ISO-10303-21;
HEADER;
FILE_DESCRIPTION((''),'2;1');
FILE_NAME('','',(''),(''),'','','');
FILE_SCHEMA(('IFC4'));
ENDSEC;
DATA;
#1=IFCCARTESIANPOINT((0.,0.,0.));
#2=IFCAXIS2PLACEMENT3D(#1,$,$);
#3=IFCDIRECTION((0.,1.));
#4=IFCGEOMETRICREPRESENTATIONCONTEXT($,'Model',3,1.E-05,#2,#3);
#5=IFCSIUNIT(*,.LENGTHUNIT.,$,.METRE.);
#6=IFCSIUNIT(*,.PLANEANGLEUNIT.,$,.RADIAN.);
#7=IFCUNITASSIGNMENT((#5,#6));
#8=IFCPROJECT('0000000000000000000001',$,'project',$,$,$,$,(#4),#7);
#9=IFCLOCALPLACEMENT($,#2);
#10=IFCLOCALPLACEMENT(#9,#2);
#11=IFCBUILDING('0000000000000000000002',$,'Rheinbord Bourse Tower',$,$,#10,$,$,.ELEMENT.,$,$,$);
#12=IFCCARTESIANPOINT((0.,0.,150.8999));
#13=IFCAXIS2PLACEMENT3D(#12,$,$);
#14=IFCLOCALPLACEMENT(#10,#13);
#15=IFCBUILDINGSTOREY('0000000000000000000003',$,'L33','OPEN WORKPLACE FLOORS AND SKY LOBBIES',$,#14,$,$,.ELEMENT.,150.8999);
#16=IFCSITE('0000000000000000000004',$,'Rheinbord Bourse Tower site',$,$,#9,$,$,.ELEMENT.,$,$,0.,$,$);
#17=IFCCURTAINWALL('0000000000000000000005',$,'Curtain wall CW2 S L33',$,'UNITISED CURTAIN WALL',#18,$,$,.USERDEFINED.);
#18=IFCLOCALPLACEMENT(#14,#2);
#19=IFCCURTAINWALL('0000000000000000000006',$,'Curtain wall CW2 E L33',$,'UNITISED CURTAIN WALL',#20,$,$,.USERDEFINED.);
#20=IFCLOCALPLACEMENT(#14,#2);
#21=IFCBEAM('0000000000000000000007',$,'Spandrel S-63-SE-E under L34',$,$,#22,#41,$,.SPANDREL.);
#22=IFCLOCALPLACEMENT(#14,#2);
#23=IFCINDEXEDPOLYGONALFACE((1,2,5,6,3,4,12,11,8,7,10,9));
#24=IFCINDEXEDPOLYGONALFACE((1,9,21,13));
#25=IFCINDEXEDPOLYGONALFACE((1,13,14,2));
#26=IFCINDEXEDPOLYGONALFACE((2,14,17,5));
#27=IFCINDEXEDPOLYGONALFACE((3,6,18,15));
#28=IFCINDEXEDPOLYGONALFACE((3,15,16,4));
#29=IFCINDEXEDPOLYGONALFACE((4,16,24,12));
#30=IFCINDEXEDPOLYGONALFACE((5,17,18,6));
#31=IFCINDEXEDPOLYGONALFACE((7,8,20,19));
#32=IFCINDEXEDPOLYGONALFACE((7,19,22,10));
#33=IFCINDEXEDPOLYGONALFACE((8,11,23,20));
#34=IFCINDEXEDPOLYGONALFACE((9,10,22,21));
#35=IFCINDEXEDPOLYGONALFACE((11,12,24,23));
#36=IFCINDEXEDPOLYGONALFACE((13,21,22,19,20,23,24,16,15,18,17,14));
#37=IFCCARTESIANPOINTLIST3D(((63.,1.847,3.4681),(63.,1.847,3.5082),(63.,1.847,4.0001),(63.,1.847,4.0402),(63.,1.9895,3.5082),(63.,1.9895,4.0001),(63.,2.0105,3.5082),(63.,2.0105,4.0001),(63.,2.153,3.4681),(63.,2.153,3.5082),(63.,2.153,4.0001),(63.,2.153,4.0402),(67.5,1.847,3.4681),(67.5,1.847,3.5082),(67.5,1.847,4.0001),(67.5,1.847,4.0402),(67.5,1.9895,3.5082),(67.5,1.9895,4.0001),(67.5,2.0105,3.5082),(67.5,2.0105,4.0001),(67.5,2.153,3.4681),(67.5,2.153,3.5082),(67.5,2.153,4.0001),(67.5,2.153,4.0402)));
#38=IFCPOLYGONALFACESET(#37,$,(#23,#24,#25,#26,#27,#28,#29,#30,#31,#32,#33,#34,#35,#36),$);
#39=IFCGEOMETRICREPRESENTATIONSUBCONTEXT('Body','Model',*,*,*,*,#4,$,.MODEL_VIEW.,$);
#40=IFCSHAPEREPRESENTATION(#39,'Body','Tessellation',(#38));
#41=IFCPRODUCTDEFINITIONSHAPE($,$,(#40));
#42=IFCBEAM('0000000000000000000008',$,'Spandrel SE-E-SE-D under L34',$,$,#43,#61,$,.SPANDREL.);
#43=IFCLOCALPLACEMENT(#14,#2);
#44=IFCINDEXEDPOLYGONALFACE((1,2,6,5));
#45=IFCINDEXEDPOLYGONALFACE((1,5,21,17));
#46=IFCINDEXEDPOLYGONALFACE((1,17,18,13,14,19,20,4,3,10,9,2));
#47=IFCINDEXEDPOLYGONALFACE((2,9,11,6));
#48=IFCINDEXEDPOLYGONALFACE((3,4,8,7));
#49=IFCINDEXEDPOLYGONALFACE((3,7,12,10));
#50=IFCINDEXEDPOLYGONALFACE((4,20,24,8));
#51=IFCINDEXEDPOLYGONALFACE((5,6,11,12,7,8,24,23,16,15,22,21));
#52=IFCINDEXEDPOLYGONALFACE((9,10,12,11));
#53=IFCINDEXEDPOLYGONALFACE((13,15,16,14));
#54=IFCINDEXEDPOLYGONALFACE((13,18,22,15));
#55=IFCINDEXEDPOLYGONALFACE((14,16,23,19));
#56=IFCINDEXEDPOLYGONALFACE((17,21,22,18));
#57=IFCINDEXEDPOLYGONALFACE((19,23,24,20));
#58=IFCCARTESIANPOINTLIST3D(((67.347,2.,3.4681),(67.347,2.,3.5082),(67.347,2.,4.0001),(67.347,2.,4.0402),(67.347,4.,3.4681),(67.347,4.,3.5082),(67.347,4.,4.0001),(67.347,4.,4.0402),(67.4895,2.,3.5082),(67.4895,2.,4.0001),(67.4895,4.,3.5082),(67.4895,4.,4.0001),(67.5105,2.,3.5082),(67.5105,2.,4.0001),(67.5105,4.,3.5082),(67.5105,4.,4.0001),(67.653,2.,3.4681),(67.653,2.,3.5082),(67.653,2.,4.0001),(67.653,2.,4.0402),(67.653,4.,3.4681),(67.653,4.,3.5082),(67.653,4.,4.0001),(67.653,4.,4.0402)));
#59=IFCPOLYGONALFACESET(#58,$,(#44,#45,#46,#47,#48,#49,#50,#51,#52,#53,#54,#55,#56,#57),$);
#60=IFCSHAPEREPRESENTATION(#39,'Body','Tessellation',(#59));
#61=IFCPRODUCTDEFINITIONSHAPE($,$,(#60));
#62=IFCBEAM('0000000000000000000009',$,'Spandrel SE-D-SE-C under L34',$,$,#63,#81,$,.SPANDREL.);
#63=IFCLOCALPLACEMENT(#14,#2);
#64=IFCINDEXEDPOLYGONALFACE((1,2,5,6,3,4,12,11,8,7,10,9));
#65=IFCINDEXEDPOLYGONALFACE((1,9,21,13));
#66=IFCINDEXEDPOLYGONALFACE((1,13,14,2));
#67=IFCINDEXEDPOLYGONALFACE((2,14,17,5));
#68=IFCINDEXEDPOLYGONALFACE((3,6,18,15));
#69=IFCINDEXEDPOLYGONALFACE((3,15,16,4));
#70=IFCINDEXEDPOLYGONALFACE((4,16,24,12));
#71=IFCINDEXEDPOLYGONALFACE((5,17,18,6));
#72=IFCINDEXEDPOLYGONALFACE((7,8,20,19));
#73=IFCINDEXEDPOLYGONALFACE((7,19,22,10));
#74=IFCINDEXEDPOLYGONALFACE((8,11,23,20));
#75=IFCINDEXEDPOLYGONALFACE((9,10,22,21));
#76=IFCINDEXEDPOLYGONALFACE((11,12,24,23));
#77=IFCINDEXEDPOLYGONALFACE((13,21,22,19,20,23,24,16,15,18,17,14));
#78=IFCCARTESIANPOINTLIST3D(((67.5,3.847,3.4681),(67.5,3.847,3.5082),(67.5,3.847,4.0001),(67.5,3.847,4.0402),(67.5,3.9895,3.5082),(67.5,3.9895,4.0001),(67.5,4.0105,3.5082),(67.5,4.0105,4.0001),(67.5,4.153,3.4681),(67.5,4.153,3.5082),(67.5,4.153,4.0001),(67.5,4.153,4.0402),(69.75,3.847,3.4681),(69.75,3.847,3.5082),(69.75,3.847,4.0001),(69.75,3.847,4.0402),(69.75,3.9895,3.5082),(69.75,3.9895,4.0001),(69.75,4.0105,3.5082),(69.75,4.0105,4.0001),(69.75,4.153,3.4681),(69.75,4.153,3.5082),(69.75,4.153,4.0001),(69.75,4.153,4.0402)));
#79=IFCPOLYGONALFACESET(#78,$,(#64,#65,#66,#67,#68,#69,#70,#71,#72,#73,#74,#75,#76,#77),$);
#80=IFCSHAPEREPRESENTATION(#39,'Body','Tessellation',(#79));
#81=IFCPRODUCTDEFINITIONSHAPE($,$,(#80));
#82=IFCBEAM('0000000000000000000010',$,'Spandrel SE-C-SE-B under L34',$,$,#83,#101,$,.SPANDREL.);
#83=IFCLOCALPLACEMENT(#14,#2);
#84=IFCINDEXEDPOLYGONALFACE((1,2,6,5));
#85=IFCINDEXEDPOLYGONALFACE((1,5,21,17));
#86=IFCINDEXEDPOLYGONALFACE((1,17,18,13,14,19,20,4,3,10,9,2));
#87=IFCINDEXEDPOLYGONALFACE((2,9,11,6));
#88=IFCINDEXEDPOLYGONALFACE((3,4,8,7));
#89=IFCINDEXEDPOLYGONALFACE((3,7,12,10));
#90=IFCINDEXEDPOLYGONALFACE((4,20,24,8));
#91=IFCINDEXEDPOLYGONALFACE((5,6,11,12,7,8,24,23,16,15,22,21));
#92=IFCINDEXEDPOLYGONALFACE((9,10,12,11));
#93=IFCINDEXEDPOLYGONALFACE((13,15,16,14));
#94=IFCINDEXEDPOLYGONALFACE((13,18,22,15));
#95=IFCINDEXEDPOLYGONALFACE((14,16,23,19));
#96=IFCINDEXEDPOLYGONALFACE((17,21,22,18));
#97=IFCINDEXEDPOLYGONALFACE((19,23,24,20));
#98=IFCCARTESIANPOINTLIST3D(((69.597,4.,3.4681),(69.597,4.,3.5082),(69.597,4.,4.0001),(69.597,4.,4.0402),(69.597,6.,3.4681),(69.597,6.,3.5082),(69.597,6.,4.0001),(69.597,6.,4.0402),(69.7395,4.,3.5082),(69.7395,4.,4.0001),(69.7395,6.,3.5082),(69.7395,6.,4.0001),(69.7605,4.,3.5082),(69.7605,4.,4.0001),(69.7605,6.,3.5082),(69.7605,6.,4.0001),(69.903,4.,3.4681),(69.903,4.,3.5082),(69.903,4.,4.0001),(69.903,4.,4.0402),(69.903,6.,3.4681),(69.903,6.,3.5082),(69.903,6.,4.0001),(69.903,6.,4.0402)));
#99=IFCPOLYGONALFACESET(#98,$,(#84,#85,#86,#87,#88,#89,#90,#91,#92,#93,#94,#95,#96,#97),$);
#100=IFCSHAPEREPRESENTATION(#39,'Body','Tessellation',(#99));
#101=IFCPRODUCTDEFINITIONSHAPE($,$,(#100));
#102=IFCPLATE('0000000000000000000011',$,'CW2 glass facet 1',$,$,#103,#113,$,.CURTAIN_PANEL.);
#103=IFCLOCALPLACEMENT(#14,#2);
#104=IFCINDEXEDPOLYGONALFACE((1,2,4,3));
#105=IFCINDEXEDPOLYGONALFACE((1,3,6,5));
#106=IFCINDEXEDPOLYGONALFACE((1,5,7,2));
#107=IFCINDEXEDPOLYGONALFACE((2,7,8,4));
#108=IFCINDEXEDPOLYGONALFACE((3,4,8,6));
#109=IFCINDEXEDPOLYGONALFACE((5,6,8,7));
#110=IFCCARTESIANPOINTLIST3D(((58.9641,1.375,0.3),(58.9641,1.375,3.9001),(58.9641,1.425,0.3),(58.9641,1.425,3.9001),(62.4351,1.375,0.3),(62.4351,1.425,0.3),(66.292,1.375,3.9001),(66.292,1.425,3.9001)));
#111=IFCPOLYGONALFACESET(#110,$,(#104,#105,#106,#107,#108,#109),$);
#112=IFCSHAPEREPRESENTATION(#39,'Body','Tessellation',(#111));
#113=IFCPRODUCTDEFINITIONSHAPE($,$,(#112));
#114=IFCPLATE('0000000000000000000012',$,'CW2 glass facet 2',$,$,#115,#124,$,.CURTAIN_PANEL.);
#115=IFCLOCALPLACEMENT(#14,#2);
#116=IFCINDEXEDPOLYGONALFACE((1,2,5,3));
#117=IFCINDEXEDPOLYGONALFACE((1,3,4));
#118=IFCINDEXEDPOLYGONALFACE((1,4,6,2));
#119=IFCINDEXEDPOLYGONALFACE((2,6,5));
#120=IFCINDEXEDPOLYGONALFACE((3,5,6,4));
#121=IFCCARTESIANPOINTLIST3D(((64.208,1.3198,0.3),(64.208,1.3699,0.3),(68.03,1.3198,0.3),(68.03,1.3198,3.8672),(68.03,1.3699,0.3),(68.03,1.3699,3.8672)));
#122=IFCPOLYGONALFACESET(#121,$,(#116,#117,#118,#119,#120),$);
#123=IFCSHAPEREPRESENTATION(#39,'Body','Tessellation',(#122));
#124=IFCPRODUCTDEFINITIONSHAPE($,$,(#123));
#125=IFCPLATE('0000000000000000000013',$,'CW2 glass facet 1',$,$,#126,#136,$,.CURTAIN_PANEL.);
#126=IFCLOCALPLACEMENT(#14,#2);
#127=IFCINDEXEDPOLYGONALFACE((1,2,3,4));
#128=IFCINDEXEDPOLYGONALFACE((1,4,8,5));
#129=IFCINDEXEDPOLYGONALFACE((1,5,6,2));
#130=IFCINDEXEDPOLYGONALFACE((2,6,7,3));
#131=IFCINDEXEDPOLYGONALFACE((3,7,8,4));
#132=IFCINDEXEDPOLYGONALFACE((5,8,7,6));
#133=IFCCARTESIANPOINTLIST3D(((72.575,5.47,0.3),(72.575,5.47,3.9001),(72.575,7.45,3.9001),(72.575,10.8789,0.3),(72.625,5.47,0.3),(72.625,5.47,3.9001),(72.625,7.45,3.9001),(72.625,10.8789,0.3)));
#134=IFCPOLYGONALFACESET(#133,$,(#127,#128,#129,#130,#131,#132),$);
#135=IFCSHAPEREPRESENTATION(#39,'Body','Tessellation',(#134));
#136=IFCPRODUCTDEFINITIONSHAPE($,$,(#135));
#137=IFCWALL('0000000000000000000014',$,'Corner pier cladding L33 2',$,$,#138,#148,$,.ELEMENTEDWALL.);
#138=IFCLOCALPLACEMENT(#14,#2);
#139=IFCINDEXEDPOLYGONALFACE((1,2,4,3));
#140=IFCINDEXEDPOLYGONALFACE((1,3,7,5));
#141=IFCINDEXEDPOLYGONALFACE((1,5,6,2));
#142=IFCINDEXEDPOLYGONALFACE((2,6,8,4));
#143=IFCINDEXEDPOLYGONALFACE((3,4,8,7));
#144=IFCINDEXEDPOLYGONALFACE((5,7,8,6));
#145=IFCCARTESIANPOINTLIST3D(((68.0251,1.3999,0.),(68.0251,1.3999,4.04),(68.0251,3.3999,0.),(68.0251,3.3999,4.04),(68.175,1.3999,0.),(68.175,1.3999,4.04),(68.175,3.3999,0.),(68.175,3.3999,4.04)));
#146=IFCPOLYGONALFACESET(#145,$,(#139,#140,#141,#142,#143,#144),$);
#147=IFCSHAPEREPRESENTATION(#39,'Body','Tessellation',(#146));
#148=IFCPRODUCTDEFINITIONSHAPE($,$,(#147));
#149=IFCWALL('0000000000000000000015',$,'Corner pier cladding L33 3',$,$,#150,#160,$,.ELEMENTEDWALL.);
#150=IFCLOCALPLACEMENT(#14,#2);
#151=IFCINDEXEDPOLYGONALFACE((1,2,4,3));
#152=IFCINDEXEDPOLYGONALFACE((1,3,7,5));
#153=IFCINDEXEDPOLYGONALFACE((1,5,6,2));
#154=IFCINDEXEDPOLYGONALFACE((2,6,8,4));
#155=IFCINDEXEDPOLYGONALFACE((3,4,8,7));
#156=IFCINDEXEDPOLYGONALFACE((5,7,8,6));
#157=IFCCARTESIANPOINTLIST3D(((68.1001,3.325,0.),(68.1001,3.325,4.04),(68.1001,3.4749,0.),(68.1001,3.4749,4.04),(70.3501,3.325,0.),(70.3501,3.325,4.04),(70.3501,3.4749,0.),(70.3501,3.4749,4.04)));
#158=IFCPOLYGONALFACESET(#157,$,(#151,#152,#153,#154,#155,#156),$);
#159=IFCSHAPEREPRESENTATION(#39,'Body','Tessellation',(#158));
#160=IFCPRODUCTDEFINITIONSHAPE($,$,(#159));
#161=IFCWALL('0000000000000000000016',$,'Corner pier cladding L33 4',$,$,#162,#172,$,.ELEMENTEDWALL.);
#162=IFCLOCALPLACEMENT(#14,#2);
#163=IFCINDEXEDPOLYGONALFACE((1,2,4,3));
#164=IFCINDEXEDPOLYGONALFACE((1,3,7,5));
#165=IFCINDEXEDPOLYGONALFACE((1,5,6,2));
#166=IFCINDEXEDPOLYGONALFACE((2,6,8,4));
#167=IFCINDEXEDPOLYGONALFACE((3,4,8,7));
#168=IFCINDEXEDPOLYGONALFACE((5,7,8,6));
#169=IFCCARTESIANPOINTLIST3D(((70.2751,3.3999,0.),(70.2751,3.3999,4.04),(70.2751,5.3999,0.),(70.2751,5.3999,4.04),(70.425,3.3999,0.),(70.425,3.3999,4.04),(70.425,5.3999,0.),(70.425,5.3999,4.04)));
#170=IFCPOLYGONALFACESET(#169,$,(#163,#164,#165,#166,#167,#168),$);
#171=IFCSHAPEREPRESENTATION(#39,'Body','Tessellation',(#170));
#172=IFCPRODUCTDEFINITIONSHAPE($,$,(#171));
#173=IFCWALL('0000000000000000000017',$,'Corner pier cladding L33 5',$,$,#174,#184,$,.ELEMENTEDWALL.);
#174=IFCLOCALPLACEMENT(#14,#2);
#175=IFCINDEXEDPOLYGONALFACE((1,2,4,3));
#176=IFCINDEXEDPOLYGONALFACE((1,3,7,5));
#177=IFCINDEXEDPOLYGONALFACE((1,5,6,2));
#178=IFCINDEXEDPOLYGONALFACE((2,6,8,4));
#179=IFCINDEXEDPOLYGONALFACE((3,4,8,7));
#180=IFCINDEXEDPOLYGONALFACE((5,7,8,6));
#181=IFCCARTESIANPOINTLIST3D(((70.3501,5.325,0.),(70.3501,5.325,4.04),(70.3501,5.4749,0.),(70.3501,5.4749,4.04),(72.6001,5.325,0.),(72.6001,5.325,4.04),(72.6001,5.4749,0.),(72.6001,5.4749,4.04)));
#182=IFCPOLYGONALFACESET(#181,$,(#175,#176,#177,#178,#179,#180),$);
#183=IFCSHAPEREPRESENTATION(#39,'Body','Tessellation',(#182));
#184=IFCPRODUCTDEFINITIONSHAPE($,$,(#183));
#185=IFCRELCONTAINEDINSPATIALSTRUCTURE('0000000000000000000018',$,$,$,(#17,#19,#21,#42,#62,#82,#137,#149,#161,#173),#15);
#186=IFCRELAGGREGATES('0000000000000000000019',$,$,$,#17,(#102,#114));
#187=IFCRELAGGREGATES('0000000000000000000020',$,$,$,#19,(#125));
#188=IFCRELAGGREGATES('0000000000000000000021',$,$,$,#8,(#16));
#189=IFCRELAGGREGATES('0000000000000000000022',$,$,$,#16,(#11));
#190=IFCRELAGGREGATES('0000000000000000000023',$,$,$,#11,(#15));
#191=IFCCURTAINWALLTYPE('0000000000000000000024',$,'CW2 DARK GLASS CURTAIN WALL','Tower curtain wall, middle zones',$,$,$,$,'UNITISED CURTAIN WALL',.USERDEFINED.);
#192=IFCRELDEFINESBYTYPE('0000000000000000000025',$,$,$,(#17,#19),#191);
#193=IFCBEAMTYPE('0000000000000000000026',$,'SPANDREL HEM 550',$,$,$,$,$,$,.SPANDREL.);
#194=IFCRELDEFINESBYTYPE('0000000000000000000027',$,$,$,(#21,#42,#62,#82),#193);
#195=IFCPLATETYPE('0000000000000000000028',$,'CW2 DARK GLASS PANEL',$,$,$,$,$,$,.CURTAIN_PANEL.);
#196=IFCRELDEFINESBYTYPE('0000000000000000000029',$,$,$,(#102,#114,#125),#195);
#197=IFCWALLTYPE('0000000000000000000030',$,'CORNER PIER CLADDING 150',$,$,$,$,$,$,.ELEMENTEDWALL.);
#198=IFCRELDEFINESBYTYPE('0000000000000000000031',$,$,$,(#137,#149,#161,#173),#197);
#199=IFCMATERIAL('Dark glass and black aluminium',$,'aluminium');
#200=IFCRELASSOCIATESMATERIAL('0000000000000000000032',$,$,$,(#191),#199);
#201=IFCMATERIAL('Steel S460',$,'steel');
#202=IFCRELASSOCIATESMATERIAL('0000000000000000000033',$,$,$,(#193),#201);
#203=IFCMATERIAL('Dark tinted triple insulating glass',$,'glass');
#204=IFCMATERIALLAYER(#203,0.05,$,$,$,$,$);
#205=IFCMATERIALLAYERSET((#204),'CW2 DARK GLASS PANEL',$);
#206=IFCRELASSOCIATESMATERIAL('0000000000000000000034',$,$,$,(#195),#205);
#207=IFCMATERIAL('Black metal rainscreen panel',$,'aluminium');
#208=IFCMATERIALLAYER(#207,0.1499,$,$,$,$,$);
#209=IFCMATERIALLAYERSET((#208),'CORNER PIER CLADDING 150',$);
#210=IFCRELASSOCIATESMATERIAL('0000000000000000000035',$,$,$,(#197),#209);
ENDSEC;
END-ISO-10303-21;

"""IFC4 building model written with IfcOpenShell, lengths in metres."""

from ifc_helpers import new_model, si_unit, direction, frame, frame_2d, origin, origin_2d, place, context, subcontext, project, spatial, polyline, rectangle, i_section, outline, extrude, material, layer, layer_set, material_profile, profile_set, type_object, element, aggregate, save


model = new_model("IFC4")

# Units and contexts
model_context = context("Model", 3, precision=1e-05, world=origin(), true_north=direction((0.0, 1.0)))
body_context = subcontext(model_context, "Body", "Model", "MODEL_VIEW")
ifc_project = project(units=[si_unit("LENGTHUNIT", "METRE"), si_unit("PLANEANGLEUNIT", "RADIAN")], contexts=[model_context])

# Site, building, storey
site_placement = place(None, origin())
site = spatial("IfcSite", under=ifc_project, at=site_placement, Name="Rheinbord Bourse Tower site", CompositionType="ELEMENT", RefElevation=0.0)
building_placement = place(site_placement, origin())
building = spatial("IfcBuilding", under=site, at=building_placement, Name="Rheinbord Bourse Tower", CompositionType="ELEMENT")
storey_placement = place(building_placement, frame((0.0, 0.0, 150.8999)))
storey = spatial("IfcBuildingStorey", under=building, at=storey_placement, Name="L33", Description="OPEN WORKPLACE FLOORS AND SKY LOBBIES", CompositionType="ELEMENT", Elevation=150.8999)

# Curtain wall
ifc_material_1 = material(Name="Dark glass and black aluminium", Category="aluminium")
curtain_wall_type = type_object("IfcCurtainWallType", Name="CW2 DARK GLASS CURTAIN WALL", Description="Tower curtain wall, middle zones", ElementType="UNITISED CURTAIN WALL", PredefinedType="USERDEFINED", material=ifc_material_1)
curtain_wall_1_placement = place(storey_placement, origin())
curtain_wall_1 = element("IfcCurtainWall", 1, at=curtain_wall_1_placement, inside=storey, type_object=curtain_wall_type, Name="Curtain wall CW2 S L33", ObjectType="UNITISED CURTAIN WALL", PredefinedType="USERDEFINED")

# Curtain wall
curtain_wall_2_placement = place(storey_placement, origin())
curtain_wall_2 = element("IfcCurtainWall", 2, at=curtain_wall_2_placement, inside=storey, type_object=curtain_wall_type, Name="Curtain wall CW2 E L33", ObjectType="UNITISED CURTAIN WALL", PredefinedType="USERDEFINED")

# Beams
ifc_material_2 = material(Name="Steel S460", Category="steel")
ifc_material_profile_1 = material_profile(ifc_material_2, i_section(OverallWidth=0.3059, OverallDepth=0.572, WebThickness=0.021, FlangeThickness=0.04, at=origin_2d()), Name="HEM 550")
ifc_profile_set_1 = profile_set([ifc_material_profile_1], Name="Steel S460")
beam_type_1 = type_object("IfcBeamType", Name="SPANDREL HEM 550", PredefinedType="SPANDREL", material=ifc_profile_set_1)
for number, where, z_axis, x_axis, name in (
    (3, (63.0, 2.0, 3.7542), (1.0, 0.0, 0.0), (0.0, 1.0, 0.0), "Spandrel S-63-SE-E under L34"),
):
    element("IfcBeam", number, at=place(storey_placement, frame(where, z_axis=z_axis, x_axis=x_axis)), inside=storey, type_object=beam_type_1, Name=name, PredefinedType="SPANDREL", context=body_context, shape_type="SweptSolid", body=[
        extrude(i_section(OverallWidth=0.3059, OverallDepth=0.572, WebThickness=0.021, FlangeThickness=0.04, at=origin_2d()), origin(), (0.0, 0.0, 1.0), 4.5),
    ])
beam_1_placement = place(storey_placement, frame((67.5, 2.0, 3.7542), z_axis=(0.0, 1.0, 0.0), x_axis=(-1.0, 0.0, 0.0)))
element("IfcBeam", 4, at=beam_1_placement, inside=storey, type_object=beam_type_1, Name="Spandrel SE-E-SE-D under L34", PredefinedType="SPANDREL", context=body_context, shape_type="SweptSolid", body=[
    extrude(i_section(OverallWidth=0.3059, OverallDepth=0.572, WebThickness=0.021, FlangeThickness=0.04, at=origin_2d()), origin(), (0.0, 0.0, 1.0), 2.0),
])
beam_2_placement = place(storey_placement, frame((67.5, 4.0, 3.7542), z_axis=(1.0, 0.0, 0.0), x_axis=(0.0, 1.0, 0.0)))
element("IfcBeam", 5, at=beam_2_placement, inside=storey, type_object=beam_type_1, Name="Spandrel SE-D-SE-C under L34", PredefinedType="SPANDREL", context=body_context, shape_type="SweptSolid", body=[
    extrude(i_section(OverallWidth=0.3059, OverallDepth=0.572, WebThickness=0.021, FlangeThickness=0.04, at=origin_2d()), origin(), (0.0, 0.0, 1.0), 2.25),
])
beam_3_placement = place(storey_placement, frame((69.75, 4.0, 3.7542), z_axis=(0.0, 1.0, 0.0), x_axis=(-1.0, 0.0, 0.0)))
element("IfcBeam", 6, at=beam_3_placement, inside=storey, type_object=beam_type_1, Name="Spandrel SE-C-SE-B under L34", PredefinedType="SPANDREL", context=body_context, shape_type="SweptSolid", body=[
    extrude(i_section(OverallWidth=0.3059, OverallDepth=0.572, WebThickness=0.021, FlangeThickness=0.04, at=origin_2d()), origin(), (0.0, 0.0, 1.0), 2.0),
])

# Plates
ifc_material_3 = material(Name="Dark tinted triple insulating glass", Category="glass")
ifc_layer_1 = layer(ifc_material_3, 0.05)
ifc_layer_set_1 = layer_set([ifc_layer_1], Name="CW2 DARK GLASS PANEL")
plate_type = type_object("IfcPlateType", Name="CW2 DARK GLASS PANEL", PredefinedType="CURTAIN_PANEL", material=ifc_layer_set_1)
plate_1_placement = place(storey_placement, frame((58.9641, 1.375, 0.3), z_axis=(0.0, 1.0, 0.0), x_axis=(0.0, 0.0, 1.0)))
plate_1 = element("IfcPlate", 7, at=plate_1_placement, type_object=plate_type, Name="CW2 glass facet 1", PredefinedType="CURTAIN_PANEL", context=body_context, shape_type="SweptSolid", body=[
    extrude(outline(polyline([(0.0, 0.0), (3.6001, 0.0), (3.6001, 7.3279), (0.0, 3.4709), (0.0, 0.0)])), origin(), (0.0, 0.0, 1.0), 0.05),
])
plate_2_placement = place(storey_placement, frame((68.03, 1.3198, 0.3), z_axis=(0.0, 1.0, 0.0), x_axis=(-1.0, 0.0, 0.0)))
plate_2 = element("IfcPlate", 8, at=plate_2_placement, type_object=plate_type, Name="CW2 glass facet 2", PredefinedType="CURTAIN_PANEL", context=body_context, shape_type="SweptSolid", body=[
    extrude(outline(polyline([(0.0, 0.0), (3.822, 0.0), (0.0, 3.5671), (0.0, 0.0)])), origin(), (0.0, 0.0, 1.0), 0.05),
])
aggregate(curtain_wall_1, [plate_1, plate_2])
plate_3_placement = place(storey_placement, frame((72.625, 5.47, 0.3), z_axis=(-1.0, 0.0, 0.0), x_axis=(0.0, 0.0, 1.0)))
plate_3 = element("IfcPlate", 9, at=plate_3_placement, type_object=plate_type, Name="CW2 glass facet 1", PredefinedType="CURTAIN_PANEL", context=body_context, shape_type="SweptSolid", body=[
    extrude(outline(polyline([(0.0, 0.0), (3.6001, 0.0), (3.6001, 1.98), (0.0, 5.4089), (0.0, 0.0)])), origin(), (0.0, 0.0, 1.0), 0.05),
])
aggregate(curtain_wall_2, [plate_3])

# Walls
ifc_material_4 = material(Name="Black metal rainscreen panel", Category="aluminium")
ifc_layer_2 = layer(ifc_material_4, 0.1499)
ifc_layer_set_2 = layer_set([ifc_layer_2], Name="CORNER PIER CLADDING 150")
wall_type = type_object("IfcWallType", Name="CORNER PIER CLADDING 150", PredefinedType="ELEMENTEDWALL", material=ifc_layer_set_2)
wall_1_placement = place(storey_placement, frame((68.1001, 1.3999, 0.0), z_axis=(0.0, 0.0, 1.0), x_axis=(0.0, 1.0, 0.0)))
element("IfcWall", 10, at=wall_1_placement, inside=storey, type_object=wall_type, Name="Corner pier cladding L33 2", PredefinedType="ELEMENTEDWALL", context=body_context, shape_type="SweptSolid", body=[
    extrude(rectangle(XDim=2.0, YDim=0.1499, at=frame_2d((1.0, 0.0))), origin(), (0.0, 0.0, 1.0), 4.04),
])
wall_2_placement = place(storey_placement, frame((68.1001, 3.3999, 0.0), z_axis=(0.0, 0.0, 1.0), x_axis=(1.0, 0.0, 0.0)))
element("IfcWall", 11, at=wall_2_placement, inside=storey, type_object=wall_type, Name="Corner pier cladding L33 3", PredefinedType="ELEMENTEDWALL", context=body_context, shape_type="SweptSolid", body=[
    extrude(rectangle(XDim=2.25, YDim=0.1499, at=frame_2d((1.125, 0.0))), origin(), (0.0, 0.0, 1.0), 4.04),
])
wall_3_placement = place(storey_placement, frame((70.3501, 3.3999, 0.0), z_axis=(0.0, 0.0, 1.0), x_axis=(0.0, 1.0, 0.0)))
element("IfcWall", 12, at=wall_3_placement, inside=storey, type_object=wall_type, Name="Corner pier cladding L33 4", PredefinedType="ELEMENTEDWALL", context=body_context, shape_type="SweptSolid", body=[
    extrude(rectangle(XDim=2.0, YDim=0.1499, at=frame_2d((1.0, 0.0))), origin(), (0.0, 0.0, 1.0), 4.04),
])
wall_4_placement = place(storey_placement, frame((70.3501, 5.3999, 0.0), z_axis=(0.0, 0.0, 1.0), x_axis=(1.0, 0.0, 0.0)))
element("IfcWall", 13, at=wall_4_placement, inside=storey, type_object=wall_type, Name="Corner pier cladding L33 5", PredefinedType="ELEMENTEDWALL", context=body_context, shape_type="SweptSolid", body=[
    extrude(rectangle(XDim=2.25, YDim=0.1499, at=frame_2d((1.125, 0.0))), origin(), (0.0, 0.0, 1.0), 4.04),
])

save(model, "model.ifc")
